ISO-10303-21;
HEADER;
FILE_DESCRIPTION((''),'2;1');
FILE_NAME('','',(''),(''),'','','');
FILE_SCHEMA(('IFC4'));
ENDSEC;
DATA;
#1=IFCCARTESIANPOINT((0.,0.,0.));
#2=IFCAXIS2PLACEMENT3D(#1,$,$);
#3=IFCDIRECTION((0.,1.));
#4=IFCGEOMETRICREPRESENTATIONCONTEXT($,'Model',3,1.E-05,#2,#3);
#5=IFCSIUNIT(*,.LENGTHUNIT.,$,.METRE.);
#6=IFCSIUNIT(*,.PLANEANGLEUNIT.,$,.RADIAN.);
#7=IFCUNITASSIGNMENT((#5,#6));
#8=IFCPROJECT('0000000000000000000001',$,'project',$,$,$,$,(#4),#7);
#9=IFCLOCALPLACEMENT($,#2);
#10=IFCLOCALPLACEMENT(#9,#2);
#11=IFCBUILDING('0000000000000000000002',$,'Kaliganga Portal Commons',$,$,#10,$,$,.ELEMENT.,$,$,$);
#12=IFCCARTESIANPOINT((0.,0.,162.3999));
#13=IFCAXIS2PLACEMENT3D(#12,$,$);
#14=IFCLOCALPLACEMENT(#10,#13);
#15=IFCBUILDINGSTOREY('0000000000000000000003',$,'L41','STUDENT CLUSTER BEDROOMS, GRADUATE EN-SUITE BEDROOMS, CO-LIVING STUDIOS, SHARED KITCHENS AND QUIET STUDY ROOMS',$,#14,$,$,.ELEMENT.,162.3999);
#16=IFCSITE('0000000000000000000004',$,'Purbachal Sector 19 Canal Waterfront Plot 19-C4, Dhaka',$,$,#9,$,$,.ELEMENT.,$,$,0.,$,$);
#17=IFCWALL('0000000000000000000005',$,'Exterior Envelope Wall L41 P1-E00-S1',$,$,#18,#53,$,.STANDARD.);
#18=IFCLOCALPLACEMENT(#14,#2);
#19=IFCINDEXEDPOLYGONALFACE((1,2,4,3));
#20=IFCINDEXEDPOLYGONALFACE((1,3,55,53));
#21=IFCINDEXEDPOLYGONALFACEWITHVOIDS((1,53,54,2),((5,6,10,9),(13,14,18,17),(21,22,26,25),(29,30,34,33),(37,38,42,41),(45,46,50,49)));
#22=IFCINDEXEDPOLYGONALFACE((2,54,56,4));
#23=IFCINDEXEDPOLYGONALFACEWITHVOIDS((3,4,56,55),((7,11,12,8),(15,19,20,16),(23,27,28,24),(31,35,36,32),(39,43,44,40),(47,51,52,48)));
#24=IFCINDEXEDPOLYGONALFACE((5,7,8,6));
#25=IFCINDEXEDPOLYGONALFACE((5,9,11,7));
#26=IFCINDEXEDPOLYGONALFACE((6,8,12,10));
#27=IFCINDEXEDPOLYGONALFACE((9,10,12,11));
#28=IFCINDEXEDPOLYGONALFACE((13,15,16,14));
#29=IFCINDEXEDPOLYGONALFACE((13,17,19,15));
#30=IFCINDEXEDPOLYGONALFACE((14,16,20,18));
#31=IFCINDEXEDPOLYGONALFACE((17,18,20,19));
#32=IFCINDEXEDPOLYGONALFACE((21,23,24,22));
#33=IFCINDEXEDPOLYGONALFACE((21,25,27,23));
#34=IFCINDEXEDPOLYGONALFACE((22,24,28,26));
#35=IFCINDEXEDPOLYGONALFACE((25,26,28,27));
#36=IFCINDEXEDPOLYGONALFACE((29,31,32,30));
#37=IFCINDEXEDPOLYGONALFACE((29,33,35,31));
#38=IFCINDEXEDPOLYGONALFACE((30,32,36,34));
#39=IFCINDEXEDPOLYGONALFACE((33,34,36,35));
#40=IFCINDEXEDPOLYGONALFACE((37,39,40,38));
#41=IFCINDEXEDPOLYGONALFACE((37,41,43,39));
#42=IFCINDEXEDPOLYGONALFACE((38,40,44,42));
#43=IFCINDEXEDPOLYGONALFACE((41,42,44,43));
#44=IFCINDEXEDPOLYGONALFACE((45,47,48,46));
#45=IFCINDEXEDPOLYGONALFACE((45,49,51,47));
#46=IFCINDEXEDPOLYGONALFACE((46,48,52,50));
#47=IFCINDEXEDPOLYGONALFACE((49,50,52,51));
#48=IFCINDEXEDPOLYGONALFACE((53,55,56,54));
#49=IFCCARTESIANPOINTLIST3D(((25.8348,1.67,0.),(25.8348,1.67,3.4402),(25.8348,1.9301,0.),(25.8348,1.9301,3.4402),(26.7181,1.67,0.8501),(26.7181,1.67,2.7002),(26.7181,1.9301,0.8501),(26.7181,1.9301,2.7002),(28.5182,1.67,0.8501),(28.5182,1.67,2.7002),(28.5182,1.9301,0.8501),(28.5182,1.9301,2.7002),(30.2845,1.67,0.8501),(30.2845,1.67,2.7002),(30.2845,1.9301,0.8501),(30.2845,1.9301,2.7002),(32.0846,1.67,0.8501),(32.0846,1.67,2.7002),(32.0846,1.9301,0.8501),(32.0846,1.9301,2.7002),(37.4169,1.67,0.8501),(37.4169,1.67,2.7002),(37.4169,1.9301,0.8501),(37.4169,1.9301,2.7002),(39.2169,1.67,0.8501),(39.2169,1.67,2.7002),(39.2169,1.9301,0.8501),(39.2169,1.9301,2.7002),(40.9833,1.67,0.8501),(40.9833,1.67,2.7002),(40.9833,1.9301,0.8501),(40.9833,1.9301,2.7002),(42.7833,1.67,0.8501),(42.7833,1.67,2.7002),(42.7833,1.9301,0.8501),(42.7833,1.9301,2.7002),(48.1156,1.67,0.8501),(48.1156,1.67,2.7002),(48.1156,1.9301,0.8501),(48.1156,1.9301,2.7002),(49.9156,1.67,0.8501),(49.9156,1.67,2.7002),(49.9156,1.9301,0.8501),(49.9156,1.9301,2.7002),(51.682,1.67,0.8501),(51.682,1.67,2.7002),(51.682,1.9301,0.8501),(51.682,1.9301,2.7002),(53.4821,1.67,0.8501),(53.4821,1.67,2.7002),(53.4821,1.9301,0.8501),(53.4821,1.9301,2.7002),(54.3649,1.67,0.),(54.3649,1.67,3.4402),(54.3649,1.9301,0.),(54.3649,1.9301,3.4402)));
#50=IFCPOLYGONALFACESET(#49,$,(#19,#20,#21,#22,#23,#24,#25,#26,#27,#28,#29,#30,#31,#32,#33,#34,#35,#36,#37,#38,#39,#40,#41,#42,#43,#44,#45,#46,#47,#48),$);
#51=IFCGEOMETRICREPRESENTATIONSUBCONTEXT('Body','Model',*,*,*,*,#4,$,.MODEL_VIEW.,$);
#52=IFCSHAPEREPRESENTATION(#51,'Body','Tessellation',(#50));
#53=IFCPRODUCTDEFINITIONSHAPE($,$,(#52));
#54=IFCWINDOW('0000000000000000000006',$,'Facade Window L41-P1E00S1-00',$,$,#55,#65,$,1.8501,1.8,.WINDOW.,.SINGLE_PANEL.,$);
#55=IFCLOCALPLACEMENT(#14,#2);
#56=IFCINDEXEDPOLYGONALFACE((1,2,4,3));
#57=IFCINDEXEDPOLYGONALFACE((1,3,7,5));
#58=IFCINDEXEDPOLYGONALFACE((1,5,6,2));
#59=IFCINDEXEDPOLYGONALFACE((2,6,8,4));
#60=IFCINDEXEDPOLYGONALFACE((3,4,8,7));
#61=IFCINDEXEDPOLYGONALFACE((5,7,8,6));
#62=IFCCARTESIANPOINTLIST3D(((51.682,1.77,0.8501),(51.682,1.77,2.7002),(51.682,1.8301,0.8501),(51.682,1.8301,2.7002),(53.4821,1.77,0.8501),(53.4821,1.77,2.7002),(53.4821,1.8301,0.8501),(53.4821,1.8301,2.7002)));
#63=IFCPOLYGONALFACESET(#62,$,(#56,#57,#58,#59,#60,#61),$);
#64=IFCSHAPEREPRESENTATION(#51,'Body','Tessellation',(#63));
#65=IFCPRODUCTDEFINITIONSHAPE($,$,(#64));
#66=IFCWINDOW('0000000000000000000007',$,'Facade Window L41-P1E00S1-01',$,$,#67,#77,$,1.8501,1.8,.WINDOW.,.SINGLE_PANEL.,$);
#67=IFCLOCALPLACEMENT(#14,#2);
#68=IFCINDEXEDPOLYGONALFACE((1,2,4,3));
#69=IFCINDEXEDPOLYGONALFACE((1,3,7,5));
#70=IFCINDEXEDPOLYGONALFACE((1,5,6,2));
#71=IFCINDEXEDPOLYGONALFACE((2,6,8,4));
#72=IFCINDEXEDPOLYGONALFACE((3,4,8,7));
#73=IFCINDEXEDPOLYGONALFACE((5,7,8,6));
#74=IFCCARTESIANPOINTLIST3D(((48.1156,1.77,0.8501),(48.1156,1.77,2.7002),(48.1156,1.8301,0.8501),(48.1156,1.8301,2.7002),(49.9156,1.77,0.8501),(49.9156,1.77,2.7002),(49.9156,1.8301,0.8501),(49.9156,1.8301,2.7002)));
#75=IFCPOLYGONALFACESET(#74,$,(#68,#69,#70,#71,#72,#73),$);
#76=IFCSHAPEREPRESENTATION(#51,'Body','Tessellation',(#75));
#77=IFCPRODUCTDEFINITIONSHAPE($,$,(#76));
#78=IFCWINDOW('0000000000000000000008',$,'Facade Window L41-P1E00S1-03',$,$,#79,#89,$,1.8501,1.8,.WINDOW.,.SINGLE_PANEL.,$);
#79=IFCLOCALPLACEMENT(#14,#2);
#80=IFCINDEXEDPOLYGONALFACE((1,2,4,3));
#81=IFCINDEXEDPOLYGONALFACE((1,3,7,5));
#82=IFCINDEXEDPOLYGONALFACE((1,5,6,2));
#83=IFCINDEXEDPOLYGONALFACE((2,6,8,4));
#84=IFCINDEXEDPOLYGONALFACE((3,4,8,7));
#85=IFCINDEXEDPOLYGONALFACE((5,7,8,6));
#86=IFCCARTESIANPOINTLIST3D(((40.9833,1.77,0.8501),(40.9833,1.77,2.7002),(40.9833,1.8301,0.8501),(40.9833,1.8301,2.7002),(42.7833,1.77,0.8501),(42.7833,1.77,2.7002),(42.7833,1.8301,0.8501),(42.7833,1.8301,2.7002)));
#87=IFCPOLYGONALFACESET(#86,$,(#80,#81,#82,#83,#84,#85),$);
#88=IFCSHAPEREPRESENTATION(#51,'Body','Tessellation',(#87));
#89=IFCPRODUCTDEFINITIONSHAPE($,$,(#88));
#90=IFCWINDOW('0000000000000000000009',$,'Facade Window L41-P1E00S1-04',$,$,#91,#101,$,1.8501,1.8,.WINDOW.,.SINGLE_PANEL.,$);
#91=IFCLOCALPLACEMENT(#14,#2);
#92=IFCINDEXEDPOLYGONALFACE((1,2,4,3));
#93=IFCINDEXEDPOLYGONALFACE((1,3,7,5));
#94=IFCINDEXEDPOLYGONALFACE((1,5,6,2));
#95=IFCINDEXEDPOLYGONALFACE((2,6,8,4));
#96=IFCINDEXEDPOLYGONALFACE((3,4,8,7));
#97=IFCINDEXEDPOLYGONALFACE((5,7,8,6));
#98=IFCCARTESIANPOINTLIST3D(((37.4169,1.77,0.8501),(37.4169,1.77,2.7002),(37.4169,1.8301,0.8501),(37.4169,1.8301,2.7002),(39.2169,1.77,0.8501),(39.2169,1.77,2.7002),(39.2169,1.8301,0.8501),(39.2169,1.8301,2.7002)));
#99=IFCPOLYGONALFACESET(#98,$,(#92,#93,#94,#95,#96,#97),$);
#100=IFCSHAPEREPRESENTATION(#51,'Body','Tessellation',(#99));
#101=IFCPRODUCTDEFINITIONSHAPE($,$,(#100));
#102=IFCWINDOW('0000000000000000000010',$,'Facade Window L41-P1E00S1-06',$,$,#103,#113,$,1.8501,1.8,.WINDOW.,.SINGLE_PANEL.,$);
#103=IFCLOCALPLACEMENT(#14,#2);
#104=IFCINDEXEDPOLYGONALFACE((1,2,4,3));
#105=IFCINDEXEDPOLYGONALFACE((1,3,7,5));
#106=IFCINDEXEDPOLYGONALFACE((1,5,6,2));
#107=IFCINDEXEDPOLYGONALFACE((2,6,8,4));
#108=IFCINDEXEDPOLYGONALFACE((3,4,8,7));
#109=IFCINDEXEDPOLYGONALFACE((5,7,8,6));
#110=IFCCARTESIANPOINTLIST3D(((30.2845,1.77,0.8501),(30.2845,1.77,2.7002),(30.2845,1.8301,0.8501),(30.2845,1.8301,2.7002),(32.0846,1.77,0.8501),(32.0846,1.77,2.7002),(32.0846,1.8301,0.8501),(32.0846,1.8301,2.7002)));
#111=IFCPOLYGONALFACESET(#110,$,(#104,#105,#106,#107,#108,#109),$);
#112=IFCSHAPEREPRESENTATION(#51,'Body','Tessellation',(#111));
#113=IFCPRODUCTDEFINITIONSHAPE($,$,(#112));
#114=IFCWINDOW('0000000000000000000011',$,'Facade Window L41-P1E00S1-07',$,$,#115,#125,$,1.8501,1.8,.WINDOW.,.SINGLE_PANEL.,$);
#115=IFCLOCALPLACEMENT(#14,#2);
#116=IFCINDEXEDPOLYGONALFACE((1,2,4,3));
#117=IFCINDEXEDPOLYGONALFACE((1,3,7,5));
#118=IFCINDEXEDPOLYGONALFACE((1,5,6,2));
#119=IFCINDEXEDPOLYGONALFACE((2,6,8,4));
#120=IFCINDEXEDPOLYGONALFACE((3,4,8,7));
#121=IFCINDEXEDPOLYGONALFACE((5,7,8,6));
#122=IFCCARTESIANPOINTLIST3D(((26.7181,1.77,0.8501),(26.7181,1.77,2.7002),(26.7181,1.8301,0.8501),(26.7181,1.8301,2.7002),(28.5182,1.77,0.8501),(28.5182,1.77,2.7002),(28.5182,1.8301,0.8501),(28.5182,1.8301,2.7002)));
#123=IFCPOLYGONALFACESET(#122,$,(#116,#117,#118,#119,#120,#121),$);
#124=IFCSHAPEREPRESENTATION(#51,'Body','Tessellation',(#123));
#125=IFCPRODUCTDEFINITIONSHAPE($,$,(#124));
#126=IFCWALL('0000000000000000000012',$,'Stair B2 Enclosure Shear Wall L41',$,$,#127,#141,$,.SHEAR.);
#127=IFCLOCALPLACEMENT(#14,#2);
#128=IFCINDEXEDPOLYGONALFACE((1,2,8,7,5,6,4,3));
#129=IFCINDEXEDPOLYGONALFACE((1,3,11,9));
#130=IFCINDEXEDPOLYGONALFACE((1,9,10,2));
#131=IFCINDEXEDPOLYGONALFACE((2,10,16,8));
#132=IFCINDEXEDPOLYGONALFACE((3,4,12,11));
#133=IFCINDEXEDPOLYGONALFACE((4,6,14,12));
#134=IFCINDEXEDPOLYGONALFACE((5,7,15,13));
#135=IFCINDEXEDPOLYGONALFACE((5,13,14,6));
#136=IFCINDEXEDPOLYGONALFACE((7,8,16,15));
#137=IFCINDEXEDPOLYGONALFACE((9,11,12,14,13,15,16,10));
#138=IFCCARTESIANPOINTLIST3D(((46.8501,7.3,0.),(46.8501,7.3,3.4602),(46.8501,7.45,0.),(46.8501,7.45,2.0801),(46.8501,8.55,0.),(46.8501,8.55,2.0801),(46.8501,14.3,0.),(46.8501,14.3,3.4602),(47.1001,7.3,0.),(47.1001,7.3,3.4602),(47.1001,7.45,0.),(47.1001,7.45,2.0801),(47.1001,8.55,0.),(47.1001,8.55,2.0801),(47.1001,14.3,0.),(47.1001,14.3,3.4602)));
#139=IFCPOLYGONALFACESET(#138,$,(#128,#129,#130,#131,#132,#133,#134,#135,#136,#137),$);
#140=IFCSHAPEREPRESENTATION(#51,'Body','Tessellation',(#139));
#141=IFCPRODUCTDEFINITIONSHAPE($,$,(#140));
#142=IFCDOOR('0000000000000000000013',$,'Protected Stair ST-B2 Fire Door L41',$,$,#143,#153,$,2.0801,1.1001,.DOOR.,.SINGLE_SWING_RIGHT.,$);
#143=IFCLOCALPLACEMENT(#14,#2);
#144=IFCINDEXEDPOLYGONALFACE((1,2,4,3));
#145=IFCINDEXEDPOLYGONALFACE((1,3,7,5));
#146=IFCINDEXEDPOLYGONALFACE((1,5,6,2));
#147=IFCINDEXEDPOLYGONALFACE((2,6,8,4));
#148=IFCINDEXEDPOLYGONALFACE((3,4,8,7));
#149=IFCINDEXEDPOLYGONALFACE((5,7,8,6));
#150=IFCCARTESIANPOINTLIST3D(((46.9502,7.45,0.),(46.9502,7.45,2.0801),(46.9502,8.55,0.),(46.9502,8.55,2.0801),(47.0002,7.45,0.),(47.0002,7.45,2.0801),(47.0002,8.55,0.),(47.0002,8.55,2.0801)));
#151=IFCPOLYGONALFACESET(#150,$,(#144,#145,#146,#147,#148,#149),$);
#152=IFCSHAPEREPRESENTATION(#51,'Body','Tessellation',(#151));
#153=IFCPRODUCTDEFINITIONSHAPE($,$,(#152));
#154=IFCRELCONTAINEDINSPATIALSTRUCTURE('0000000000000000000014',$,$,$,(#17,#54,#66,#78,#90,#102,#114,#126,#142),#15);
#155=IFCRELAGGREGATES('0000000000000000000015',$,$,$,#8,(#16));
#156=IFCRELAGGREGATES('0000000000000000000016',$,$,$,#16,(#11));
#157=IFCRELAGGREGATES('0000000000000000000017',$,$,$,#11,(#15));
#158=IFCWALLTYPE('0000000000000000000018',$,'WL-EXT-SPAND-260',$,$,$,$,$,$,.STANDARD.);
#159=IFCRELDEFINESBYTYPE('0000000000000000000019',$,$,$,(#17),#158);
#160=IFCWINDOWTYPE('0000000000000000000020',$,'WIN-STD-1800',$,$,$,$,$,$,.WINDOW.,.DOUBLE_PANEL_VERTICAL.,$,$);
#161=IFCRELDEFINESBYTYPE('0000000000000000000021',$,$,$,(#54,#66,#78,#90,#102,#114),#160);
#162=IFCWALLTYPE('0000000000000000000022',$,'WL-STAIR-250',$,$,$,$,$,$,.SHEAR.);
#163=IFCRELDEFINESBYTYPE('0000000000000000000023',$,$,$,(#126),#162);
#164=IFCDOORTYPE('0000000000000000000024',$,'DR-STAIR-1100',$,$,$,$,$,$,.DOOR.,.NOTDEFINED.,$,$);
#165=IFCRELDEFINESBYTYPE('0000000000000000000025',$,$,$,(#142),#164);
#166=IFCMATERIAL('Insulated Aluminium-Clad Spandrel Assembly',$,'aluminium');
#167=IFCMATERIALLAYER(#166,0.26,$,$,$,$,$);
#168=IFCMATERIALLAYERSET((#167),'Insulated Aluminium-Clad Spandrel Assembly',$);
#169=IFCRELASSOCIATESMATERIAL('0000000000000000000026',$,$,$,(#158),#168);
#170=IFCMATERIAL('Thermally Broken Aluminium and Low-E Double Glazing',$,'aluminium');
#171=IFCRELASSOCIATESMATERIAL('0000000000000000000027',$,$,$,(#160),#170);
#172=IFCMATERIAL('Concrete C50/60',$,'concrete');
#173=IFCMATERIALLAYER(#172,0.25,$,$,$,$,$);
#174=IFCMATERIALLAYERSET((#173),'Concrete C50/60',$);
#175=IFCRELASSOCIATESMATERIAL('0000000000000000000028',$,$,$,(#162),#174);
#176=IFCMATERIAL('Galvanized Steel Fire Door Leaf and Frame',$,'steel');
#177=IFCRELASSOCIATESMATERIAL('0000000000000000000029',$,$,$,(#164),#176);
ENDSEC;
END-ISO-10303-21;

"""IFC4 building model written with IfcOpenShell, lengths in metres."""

from ifc_helpers import new_model, si_unit, direction, frame, frame_2d, origin, place, context, subcontext, project, spatial, rectangle, extrude, material, layer, layer_set, type_object, element, fill, save


model = new_model("IFC4")

# Units and contexts
model_context = context("Model", 3, precision=1e-05, world=origin(), true_north=direction((0.0, 1.0)))
body_context = subcontext(model_context, "Body", "Model", "MODEL_VIEW")
ifc_project = project(units=[si_unit("LENGTHUNIT", "METRE"), si_unit("PLANEANGLEUNIT", "RADIAN")], contexts=[model_context])

# Site, building, storey
site_placement = place(None, origin())
site = spatial("IfcSite", under=ifc_project, at=site_placement, Name="Purbachal Sector 19 Canal Waterfront Plot 19-C4, Dhaka", CompositionType="ELEMENT", RefElevation=0.0)
building_placement = place(site_placement, origin())
building = spatial("IfcBuilding", under=site, at=building_placement, Name="Kaliganga Portal Commons", CompositionType="ELEMENT")
storey_placement = place(building_placement, frame((0.0, 0.0, 162.3999)))
storey = spatial("IfcBuildingStorey", under=building, at=storey_placement, Name="L41", Description="STUDENT CLUSTER BEDROOMS, GRADUATE EN-SUITE BEDROOMS, CO-LIVING STUDIOS, SHARED KITCHENS AND QUIET STUDY ROOMS", CompositionType="ELEMENT", Elevation=162.3999)

# Wall, openings, windows
ifc_material_1 = material(Name="Insulated Aluminium-Clad Spandrel Assembly", Category="aluminium")
ifc_layer_1 = layer(ifc_material_1, 0.26)
ifc_layer_set_1 = layer_set([ifc_layer_1], Name="Insulated Aluminium-Clad Spandrel Assembly")
wall_type_1 = type_object("IfcWallType", Name="WL-EXT-SPAND-260", PredefinedType="STANDARD", material=ifc_layer_set_1)
wall_1_placement = place(storey_placement, frame((54.365, 1.8, 0.0), z_axis=(0.0, 0.0, 1.0), x_axis=(-1.0, 0.0, 0.0)))
wall_1 = element("IfcWall", 1, at=wall_1_placement, inside=storey, type_object=wall_type_1, Name="Exterior Envelope Wall L41 P1-E00-S1", PredefinedType="STANDARD", context=body_context, shape_type="SweptSolid", body=[
    extrude(rectangle(XDim=28.53, YDim=0.26, at=frame_2d((14.2651, 0.0))), origin(), (0.0, 0.0, 1.0), 3.4402),
])
opening_1_placement = place(wall_1_placement, frame((0.8831, 0.0, 0.8501)))
opening_1 = element("IfcOpeningElement", 2, at=opening_1_placement, cuts=wall_1, PredefinedType="OPENING", context=body_context, shape_type="SweptSolid", body=[
    extrude(rectangle(XDim=1.8, YDim=1.8501, at=frame_2d((0.8999, 0.925))), frame((0.0, 0.1401, 0.0), z_axis=(0.0, -1.0, 0.0), x_axis=(1.0, 0.0, 0.0)), (0.0, 0.0, 1.0), 0.28),
])
opening_2_placement = place(wall_1_placement, frame((4.4495, 0.0, 0.8501)))
opening_2 = element("IfcOpeningElement", 3, at=opening_2_placement, cuts=wall_1, PredefinedType="OPENING", context=body_context, shape_type="SweptSolid", body=[
    extrude(rectangle(XDim=1.8, YDim=1.8501, at=frame_2d((0.8999, 0.925))), frame((0.0, 0.1401, 0.0), z_axis=(0.0, -1.0, 0.0), x_axis=(1.0, 0.0, 0.0)), (0.0, 0.0, 1.0), 0.28),
])
opening_3_placement = place(wall_1_placement, frame((11.5818, 0.0, 0.8501)))
opening_3 = element("IfcOpeningElement", 4, at=opening_3_placement, cuts=wall_1, PredefinedType="OPENING", context=body_context, shape_type="SweptSolid", body=[
    extrude(rectangle(XDim=1.8, YDim=1.8501, at=frame_2d((0.8999, 0.925))), frame((0.0, 0.1401, 0.0), z_axis=(0.0, -1.0, 0.0), x_axis=(1.0, 0.0, 0.0)), (0.0, 0.0, 1.0), 0.28),
])
opening_4_placement = place(wall_1_placement, frame((15.1482, 0.0, 0.8501)))
opening_4 = element("IfcOpeningElement", 5, at=opening_4_placement, cuts=wall_1, PredefinedType="OPENING", context=body_context, shape_type="SweptSolid", body=[
    extrude(rectangle(XDim=1.8, YDim=1.8501, at=frame_2d((0.8999, 0.925))), frame((0.0, 0.1401, 0.0), z_axis=(0.0, -1.0, 0.0), x_axis=(1.0, 0.0, 0.0)), (0.0, 0.0, 1.0), 0.28),
])
opening_5_placement = place(wall_1_placement, frame((22.2805, 0.0, 0.8501)))
opening_5 = element("IfcOpeningElement", 6, at=opening_5_placement, cuts=wall_1, PredefinedType="OPENING", context=body_context, shape_type="SweptSolid", body=[
    extrude(rectangle(XDim=1.8, YDim=1.8501, at=frame_2d((0.8999, 0.925))), frame((0.0, 0.1401, 0.0), z_axis=(0.0, -1.0, 0.0), x_axis=(1.0, 0.0, 0.0)), (0.0, 0.0, 1.0), 0.28),
])
opening_6_placement = place(wall_1_placement, frame((25.8469, 0.0, 0.8501)))
opening_6 = element("IfcOpeningElement", 7, at=opening_6_placement, cuts=wall_1, PredefinedType="OPENING", context=body_context, shape_type="SweptSolid", body=[
    extrude(rectangle(XDim=1.8, YDim=1.8501, at=frame_2d((0.8999, 0.925))), frame((0.0, 0.1401, 0.0), z_axis=(0.0, -1.0, 0.0), x_axis=(1.0, 0.0, 0.0)), (0.0, 0.0, 1.0), 0.28),
])
ifc_material_2 = material(Name="Thermally Broken Aluminium and Low-E Double Glazing", Category="aluminium")
window_type = type_object("IfcWindowType", Name="WIN-STD-1800", PartitioningType="DOUBLE_PANEL_VERTICAL", PredefinedType="WINDOW", material=ifc_material_2)
window_1_placement = place(opening_1_placement, origin())
window_1 = element("IfcWindow", 8, at=window_1_placement, inside=storey, type_object=window_type, Name="Facade Window L41-P1E00S1-00", OverallHeight=1.8501, OverallWidth=1.8, PartitioningType="SINGLE_PANEL", PredefinedType="WINDOW", context=body_context, shape_type="SweptSolid", body=[
    extrude(rectangle(XDim=1.8, YDim=1.8501, at=frame_2d((0.8999, 0.925))), frame((0.0, 0.03, 0.0), z_axis=(0.0, -1.0, 0.0), x_axis=(1.0, 0.0, 0.0)), (0.0, 0.0, 1.0), 0.0601),
])
fill(opening_1, window_1)
window_2_placement = place(opening_2_placement, origin())
window_2 = element("IfcWindow", 9, at=window_2_placement, inside=storey, type_object=window_type, Name="Facade Window L41-P1E00S1-01", OverallHeight=1.8501, OverallWidth=1.8, PartitioningType="SINGLE_PANEL", PredefinedType="WINDOW", context=body_context, shape_type="SweptSolid", body=[
    extrude(rectangle(XDim=1.8, YDim=1.8501, at=frame_2d((0.8999, 0.925))), frame((0.0, 0.03, 0.0), z_axis=(0.0, -1.0, 0.0), x_axis=(1.0, 0.0, 0.0)), (0.0, 0.0, 1.0), 0.0601),
])
fill(opening_2, window_2)
window_3_placement = place(opening_3_placement, origin())
window_3 = element("IfcWindow", 10, at=window_3_placement, inside=storey, type_object=window_type, Name="Facade Window L41-P1E00S1-03", OverallHeight=1.8501, OverallWidth=1.8, PartitioningType="SINGLE_PANEL", PredefinedType="WINDOW", context=body_context, shape_type="SweptSolid", body=[
    extrude(rectangle(XDim=1.8, YDim=1.8501, at=frame_2d((0.8999, 0.925))), frame((0.0, 0.03, 0.0), z_axis=(0.0, -1.0, 0.0), x_axis=(1.0, 0.0, 0.0)), (0.0, 0.0, 1.0), 0.0601),
])
fill(opening_3, window_3)
window_4_placement = place(opening_4_placement, origin())
window_4 = element("IfcWindow", 11, at=window_4_placement, inside=storey, type_object=window_type, Name="Facade Window L41-P1E00S1-04", OverallHeight=1.8501, OverallWidth=1.8, PartitioningType="SINGLE_PANEL", PredefinedType="WINDOW", context=body_context, shape_type="SweptSolid", body=[
    extrude(rectangle(XDim=1.8, YDim=1.8501, at=frame_2d((0.8999, 0.925))), frame((0.0, 0.03, 0.0), z_axis=(0.0, -1.0, 0.0), x_axis=(1.0, 0.0, 0.0)), (0.0, 0.0, 1.0), 0.0601),
])
fill(opening_4, window_4)
window_5_placement = place(opening_5_placement, origin())
window_5 = element("IfcWindow", 12, at=window_5_placement, inside=storey, type_object=window_type, Name="Facade Window L41-P1E00S1-06", OverallHeight=1.8501, OverallWidth=1.8, PartitioningType="SINGLE_PANEL", PredefinedType="WINDOW", context=body_context, shape_type="SweptSolid", body=[
    extrude(rectangle(XDim=1.8, YDim=1.8501, at=frame_2d((0.8999, 0.925))), frame((0.0, 0.03, 0.0), z_axis=(0.0, -1.0, 0.0), x_axis=(1.0, 0.0, 0.0)), (0.0, 0.0, 1.0), 0.0601),
])
fill(opening_5, window_5)
window_6_placement = place(opening_6_placement, origin())
window_6 = element("IfcWindow", 13, at=window_6_placement, inside=storey, type_object=window_type, Name="Facade Window L41-P1E00S1-07", OverallHeight=1.8501, OverallWidth=1.8, PartitioningType="SINGLE_PANEL", PredefinedType="WINDOW", context=body_context, shape_type="SweptSolid", body=[
    extrude(rectangle(XDim=1.8, YDim=1.8501, at=frame_2d((0.8999, 0.925))), frame((0.0, 0.03, 0.0), z_axis=(0.0, -1.0, 0.0), x_axis=(1.0, 0.0, 0.0)), (0.0, 0.0, 1.0), 0.0601),
])
fill(opening_6, window_6)

# Wall, opening, door
ifc_material_3 = material(Name="Concrete C50/60", Category="concrete")
ifc_layer_2 = layer(ifc_material_3, 0.25)
ifc_layer_set_2 = layer_set([ifc_layer_2], Name="Concrete C50/60")
wall_type_2 = type_object("IfcWallType", Name="WL-STAIR-250", PredefinedType="SHEAR", material=ifc_layer_set_2)
wall_2_placement = place(storey_placement, frame((46.9751, 7.3, 0.0), z_axis=(0.0, 0.0, 1.0), x_axis=(0.0, 1.0, 0.0)))
wall_2 = element("IfcWall", 14, at=wall_2_placement, inside=storey, type_object=wall_type_2, Name="Stair B2 Enclosure Shear Wall L41", PredefinedType="SHEAR", context=body_context, shape_type="SweptSolid", body=[
    extrude(rectangle(XDim=7.0, YDim=0.25, at=frame_2d((3.5, 0.0))), origin(), (0.0, 0.0, 1.0), 3.4602),
])
opening_7_placement = place(wall_2_placement, frame((0.1499, 0.0, 0.0)))
opening_7 = element("IfcOpeningElement", 15, at=opening_7_placement, cuts=wall_2, PredefinedType="OPENING", context=body_context, shape_type="SweptSolid", body=[
    extrude(rectangle(XDim=1.1001, YDim=2.0801, at=frame_2d((0.55, 1.04))), frame((0.0, 0.135, 0.0), z_axis=(0.0, -1.0, 0.0), x_axis=(1.0, 0.0, 0.0)), (0.0, 0.0, 1.0), 0.27),
])
ifc_material_4 = material(Name="Galvanized Steel Fire Door Leaf and Frame", Category="steel")
door_type_1 = type_object("IfcDoorType", Name="DR-STAIR-1100", OperationType="NOTDEFINED", PredefinedType="DOOR", material=ifc_material_4)
door_1_placement = place(opening_7_placement, origin())
door_1 = element("IfcDoor", 16, at=door_1_placement, inside=storey, type_object=door_type_1, Name="Protected Stair ST-B2 Fire Door L41", OperationType="SINGLE_SWING_RIGHT", OverallHeight=2.0801, OverallWidth=1.1001, PredefinedType="DOOR", context=body_context, shape_type="SweptSolid", body=[
    extrude(rectangle(XDim=1.1001, YDim=2.0801, at=frame_2d((0.55, 1.04))), frame((0.0, 0.0249, 0.0), z_axis=(0.0, -1.0, 0.0), x_axis=(1.0, 0.0, 0.0)), (0.0, 0.0, 1.0), 0.05),
])
fill(opening_7, door_1)

save(model, "model.ifc")
